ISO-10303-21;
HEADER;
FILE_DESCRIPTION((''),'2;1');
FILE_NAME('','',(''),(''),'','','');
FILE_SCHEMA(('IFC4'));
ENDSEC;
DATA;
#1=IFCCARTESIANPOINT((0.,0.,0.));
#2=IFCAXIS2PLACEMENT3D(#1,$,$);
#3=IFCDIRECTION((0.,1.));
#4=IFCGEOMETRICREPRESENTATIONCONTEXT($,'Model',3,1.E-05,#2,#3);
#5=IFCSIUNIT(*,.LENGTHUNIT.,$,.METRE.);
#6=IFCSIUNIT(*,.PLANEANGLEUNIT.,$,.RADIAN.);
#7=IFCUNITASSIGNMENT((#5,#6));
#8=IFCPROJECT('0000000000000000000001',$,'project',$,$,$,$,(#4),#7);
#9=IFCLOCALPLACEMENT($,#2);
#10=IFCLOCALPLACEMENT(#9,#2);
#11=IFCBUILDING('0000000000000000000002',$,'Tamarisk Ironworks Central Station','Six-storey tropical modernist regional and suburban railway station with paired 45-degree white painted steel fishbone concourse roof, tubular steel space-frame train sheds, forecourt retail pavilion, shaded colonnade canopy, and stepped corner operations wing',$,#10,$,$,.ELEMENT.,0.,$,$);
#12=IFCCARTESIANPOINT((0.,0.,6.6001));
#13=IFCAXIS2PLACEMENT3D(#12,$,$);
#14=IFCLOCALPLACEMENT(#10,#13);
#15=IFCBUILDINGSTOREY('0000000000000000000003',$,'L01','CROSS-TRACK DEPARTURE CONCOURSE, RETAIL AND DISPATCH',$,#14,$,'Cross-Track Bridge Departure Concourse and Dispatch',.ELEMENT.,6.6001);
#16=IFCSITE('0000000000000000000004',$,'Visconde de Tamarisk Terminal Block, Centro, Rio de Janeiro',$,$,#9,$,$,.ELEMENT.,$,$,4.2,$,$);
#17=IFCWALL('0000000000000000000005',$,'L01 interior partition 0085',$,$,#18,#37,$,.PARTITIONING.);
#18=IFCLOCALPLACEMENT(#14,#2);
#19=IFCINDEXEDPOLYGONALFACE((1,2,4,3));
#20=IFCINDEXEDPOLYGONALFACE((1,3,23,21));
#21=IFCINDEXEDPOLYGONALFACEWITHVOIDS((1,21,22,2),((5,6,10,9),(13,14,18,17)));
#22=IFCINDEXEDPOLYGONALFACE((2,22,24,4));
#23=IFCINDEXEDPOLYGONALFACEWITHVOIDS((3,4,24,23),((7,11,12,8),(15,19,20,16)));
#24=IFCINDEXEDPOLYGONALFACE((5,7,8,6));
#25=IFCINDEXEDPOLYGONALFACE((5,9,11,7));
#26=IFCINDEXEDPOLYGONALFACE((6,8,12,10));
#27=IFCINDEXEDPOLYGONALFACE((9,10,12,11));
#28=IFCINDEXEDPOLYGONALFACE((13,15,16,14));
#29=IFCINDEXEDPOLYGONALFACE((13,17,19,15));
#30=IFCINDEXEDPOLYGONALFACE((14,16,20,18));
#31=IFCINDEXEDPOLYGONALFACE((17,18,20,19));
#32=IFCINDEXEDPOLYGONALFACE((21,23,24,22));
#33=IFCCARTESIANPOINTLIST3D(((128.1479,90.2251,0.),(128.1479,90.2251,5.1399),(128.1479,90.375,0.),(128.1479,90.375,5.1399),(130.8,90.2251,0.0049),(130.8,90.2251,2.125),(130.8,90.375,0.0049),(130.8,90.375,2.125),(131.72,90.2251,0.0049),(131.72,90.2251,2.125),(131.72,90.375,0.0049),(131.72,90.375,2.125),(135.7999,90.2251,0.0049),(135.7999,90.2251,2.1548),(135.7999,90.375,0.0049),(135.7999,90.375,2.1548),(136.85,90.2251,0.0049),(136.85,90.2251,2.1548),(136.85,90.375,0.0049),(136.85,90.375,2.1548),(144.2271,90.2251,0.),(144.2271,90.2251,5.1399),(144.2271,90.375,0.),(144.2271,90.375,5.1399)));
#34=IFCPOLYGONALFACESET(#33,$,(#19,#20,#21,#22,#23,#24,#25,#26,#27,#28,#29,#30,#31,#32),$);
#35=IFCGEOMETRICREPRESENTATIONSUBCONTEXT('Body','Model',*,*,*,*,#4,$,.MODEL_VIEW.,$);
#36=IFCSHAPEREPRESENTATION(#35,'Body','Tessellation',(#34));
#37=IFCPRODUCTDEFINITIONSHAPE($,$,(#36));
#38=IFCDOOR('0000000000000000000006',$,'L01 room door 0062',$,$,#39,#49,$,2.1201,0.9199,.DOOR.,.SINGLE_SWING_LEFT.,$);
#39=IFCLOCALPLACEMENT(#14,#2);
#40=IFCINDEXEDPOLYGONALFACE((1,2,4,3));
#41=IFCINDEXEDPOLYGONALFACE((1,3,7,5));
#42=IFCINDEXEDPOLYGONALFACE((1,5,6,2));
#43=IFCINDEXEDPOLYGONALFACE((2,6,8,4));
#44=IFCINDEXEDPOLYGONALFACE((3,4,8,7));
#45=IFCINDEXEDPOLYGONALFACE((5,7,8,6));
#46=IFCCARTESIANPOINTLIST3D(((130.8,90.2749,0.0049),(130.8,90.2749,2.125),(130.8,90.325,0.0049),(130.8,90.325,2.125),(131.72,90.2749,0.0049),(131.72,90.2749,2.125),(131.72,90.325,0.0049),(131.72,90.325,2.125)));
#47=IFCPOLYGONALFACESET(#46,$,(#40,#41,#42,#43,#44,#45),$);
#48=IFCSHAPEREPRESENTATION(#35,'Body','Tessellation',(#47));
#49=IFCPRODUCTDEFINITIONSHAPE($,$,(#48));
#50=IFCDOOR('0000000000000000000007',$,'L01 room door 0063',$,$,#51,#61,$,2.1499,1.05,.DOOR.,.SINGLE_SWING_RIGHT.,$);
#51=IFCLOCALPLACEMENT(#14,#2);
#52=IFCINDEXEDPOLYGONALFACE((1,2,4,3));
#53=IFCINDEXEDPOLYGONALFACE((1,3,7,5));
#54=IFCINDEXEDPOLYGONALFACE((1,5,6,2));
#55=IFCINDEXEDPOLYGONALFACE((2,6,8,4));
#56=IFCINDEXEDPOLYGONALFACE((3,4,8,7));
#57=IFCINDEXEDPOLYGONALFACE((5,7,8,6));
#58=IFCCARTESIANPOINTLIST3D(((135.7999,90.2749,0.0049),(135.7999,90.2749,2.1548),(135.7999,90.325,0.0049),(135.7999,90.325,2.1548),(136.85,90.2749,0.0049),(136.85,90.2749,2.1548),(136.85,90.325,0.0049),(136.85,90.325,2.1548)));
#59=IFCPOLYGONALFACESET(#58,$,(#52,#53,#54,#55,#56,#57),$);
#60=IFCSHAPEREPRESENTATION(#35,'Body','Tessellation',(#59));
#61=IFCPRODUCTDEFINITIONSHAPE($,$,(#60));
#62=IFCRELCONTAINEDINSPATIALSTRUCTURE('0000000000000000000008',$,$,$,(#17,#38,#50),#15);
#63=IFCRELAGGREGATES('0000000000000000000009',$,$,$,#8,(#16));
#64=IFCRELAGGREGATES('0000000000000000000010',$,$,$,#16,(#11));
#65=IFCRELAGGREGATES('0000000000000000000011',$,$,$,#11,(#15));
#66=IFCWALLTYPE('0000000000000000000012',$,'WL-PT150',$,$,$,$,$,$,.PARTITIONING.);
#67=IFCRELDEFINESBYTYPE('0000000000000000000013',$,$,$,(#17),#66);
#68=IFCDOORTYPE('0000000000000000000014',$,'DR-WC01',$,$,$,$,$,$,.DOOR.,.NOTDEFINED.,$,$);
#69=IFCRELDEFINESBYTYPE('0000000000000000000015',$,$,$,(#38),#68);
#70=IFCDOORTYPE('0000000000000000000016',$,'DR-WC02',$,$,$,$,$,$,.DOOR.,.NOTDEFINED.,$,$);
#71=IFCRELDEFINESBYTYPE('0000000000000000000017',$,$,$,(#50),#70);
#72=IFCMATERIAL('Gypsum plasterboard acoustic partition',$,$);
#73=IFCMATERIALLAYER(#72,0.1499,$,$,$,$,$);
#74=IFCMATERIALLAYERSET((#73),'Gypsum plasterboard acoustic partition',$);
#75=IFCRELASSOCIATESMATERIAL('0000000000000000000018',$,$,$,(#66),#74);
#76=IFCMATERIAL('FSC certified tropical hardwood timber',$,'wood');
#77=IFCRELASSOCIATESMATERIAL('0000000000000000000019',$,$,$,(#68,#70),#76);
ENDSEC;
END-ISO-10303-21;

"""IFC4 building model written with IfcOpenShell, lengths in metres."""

from ifc_helpers import new_model, si_unit, direction, frame, frame_2d, origin, place, context, subcontext, project, spatial, rectangle, extrude, material, layer, layer_set, type_object, element, fill, save


model = new_model("IFC4")

# Units and contexts
model_context = context("Model", 3, precision=1e-05, world=origin(), true_north=direction((0.0, 1.0)))
body_context = subcontext(model_context, "Body", "Model", "MODEL_VIEW")
ifc_project = project(units=[si_unit("LENGTHUNIT", "METRE"), si_unit("PLANEANGLEUNIT", "RADIAN")], contexts=[model_context])

# Site, building, storey
site_placement = place(None, origin())
site = spatial("IfcSite", under=ifc_project, at=site_placement, Name="Visconde de Tamarisk Terminal Block, Centro, Rio de Janeiro", CompositionType="ELEMENT", RefElevation=4.2)
building_placement = place(site_placement, origin())
building = spatial("IfcBuilding", under=site, at=building_placement, Name="Tamarisk Ironworks Central Station", Description="Six-storey tropical modernist regional and suburban railway station with paired 45-degree white painted steel fishbone concourse roof, tubular steel space-frame train sheds, forecourt retail pavilion, shaded colonnade canopy, and stepped corner operations wing", CompositionType="ELEMENT", ElevationOfRefHeight=0.0)
storey_placement = place(building_placement, frame((0.0, 0.0, 6.6001)))
storey = spatial("IfcBuildingStorey", under=building, at=storey_placement, Name="L01", Description="CROSS-TRACK DEPARTURE CONCOURSE, RETAIL AND DISPATCH", LongName="Cross-Track Bridge Departure Concourse and Dispatch", CompositionType="ELEMENT", Elevation=6.6001)

# Shared definitions
ifc_material_1 = material(Name="Gypsum plasterboard acoustic partition")

# Wall, openings, doors
ifc_layer_1 = layer(ifc_material_1, 0.1499)
ifc_layer_set_1 = layer_set([ifc_layer_1], Name="Gypsum plasterboard acoustic partition")
wall_type_1 = type_object("IfcWallType", Name="WL-PT150", PredefinedType="PARTITIONING", material=ifc_layer_set_1)
wall_1_placement = place(storey_placement, frame((128.1479, 90.3, 0.0), z_axis=(0.0, 0.0, 1.0), x_axis=(1.0, 0.0, 0.0)))
wall_1 = element("IfcWall", 1, at=wall_1_placement, inside=storey, type_object=wall_type_1, Name="L01 interior partition 0085", PredefinedType="PARTITIONING", context=body_context, shape_type="SweptSolid", body=[
    extrude(rectangle(XDim=16.0791, YDim=0.1499, at=frame_2d((8.0396, 0.0))), origin(), (0.0, 0.0, 1.0), 5.1399),
])
opening_1_placement = place(wall_1_placement, frame((2.6521, 0.0, 0.0049)))
opening_1 = element("IfcOpeningElement", 2, at=opening_1_placement, cuts=wall_1, PredefinedType="OPENING", context=body_context, shape_type="SweptSolid", body=[
    extrude(rectangle(XDim=0.9199, YDim=2.1201, at=frame_2d((0.46, 1.0601))), frame((0.0, 0.0869, 0.0), z_axis=(0.0, -1.0, 0.0), x_axis=(1.0, 0.0, 0.0)), (0.0, 0.0, 1.0), 0.1738),
])
opening_2_placement = place(wall_1_placement, frame((7.6521, 0.0, 0.0049)))
opening_2 = element("IfcOpeningElement", 3, at=opening_2_placement, cuts=wall_1, PredefinedType="OPENING", context=body_context, shape_type="SweptSolid", body=[
    extrude(rectangle(XDim=1.05, YDim=2.1499, at=frame_2d((0.5249, 1.075))), frame((0.0, 0.0869, 0.0), z_axis=(0.0, -1.0, 0.0), x_axis=(1.0, 0.0, 0.0)), (0.0, 0.0, 1.0), 0.1738),
])
ifc_material_2 = material(Name="FSC certified tropical hardwood timber", Category="wood")
door_type_1 = type_object("IfcDoorType", Name="DR-WC01", OperationType="NOTDEFINED", PredefinedType="DOOR", material=ifc_material_2)
door_1_placement = place(opening_1_placement, origin())
door_1 = element("IfcDoor", 4, at=door_1_placement, inside=storey, type_object=door_type_1, Name="L01 room door 0062", OperationType="SINGLE_SWING_LEFT", OverallHeight=2.1201, OverallWidth=0.9199, PredefinedType="DOOR", context=body_context, shape_type="SweptSolid", body=[
    extrude(rectangle(XDim=0.9199, YDim=2.1201, at=frame_2d((0.46, 1.0601))), frame((0.0, 0.0249, 0.0), z_axis=(0.0, -1.0, 0.0), x_axis=(1.0, 0.0, 0.0)), (0.0, 0.0, 1.0), 0.05),
])
fill(opening_1, door_1)
door_type_2 = type_object("IfcDoorType", Name="DR-WC02", OperationType="NOTDEFINED", PredefinedType="DOOR", material=ifc_material_2)
door_2_placement = place(opening_2_placement, origin())
door_2 = element("IfcDoor", 5, at=door_2_placement, inside=storey, type_object=door_type_2, Name="L01 room door 0063", OperationType="SINGLE_SWING_RIGHT", OverallHeight=2.1499, OverallWidth=1.05, PredefinedType="DOOR", context=body_context, shape_type="SweptSolid", body=[
    extrude(rectangle(XDim=1.05, YDim=2.1499, at=frame_2d((0.5249, 1.075))), frame((0.0, 0.0249, 0.0), z_axis=(0.0, -1.0, 0.0), x_axis=(1.0, 0.0, 0.0)), (0.0, 0.0, 1.0), 0.05),
])
fill(opening_2, door_2)

save(model, "model.ifc")
